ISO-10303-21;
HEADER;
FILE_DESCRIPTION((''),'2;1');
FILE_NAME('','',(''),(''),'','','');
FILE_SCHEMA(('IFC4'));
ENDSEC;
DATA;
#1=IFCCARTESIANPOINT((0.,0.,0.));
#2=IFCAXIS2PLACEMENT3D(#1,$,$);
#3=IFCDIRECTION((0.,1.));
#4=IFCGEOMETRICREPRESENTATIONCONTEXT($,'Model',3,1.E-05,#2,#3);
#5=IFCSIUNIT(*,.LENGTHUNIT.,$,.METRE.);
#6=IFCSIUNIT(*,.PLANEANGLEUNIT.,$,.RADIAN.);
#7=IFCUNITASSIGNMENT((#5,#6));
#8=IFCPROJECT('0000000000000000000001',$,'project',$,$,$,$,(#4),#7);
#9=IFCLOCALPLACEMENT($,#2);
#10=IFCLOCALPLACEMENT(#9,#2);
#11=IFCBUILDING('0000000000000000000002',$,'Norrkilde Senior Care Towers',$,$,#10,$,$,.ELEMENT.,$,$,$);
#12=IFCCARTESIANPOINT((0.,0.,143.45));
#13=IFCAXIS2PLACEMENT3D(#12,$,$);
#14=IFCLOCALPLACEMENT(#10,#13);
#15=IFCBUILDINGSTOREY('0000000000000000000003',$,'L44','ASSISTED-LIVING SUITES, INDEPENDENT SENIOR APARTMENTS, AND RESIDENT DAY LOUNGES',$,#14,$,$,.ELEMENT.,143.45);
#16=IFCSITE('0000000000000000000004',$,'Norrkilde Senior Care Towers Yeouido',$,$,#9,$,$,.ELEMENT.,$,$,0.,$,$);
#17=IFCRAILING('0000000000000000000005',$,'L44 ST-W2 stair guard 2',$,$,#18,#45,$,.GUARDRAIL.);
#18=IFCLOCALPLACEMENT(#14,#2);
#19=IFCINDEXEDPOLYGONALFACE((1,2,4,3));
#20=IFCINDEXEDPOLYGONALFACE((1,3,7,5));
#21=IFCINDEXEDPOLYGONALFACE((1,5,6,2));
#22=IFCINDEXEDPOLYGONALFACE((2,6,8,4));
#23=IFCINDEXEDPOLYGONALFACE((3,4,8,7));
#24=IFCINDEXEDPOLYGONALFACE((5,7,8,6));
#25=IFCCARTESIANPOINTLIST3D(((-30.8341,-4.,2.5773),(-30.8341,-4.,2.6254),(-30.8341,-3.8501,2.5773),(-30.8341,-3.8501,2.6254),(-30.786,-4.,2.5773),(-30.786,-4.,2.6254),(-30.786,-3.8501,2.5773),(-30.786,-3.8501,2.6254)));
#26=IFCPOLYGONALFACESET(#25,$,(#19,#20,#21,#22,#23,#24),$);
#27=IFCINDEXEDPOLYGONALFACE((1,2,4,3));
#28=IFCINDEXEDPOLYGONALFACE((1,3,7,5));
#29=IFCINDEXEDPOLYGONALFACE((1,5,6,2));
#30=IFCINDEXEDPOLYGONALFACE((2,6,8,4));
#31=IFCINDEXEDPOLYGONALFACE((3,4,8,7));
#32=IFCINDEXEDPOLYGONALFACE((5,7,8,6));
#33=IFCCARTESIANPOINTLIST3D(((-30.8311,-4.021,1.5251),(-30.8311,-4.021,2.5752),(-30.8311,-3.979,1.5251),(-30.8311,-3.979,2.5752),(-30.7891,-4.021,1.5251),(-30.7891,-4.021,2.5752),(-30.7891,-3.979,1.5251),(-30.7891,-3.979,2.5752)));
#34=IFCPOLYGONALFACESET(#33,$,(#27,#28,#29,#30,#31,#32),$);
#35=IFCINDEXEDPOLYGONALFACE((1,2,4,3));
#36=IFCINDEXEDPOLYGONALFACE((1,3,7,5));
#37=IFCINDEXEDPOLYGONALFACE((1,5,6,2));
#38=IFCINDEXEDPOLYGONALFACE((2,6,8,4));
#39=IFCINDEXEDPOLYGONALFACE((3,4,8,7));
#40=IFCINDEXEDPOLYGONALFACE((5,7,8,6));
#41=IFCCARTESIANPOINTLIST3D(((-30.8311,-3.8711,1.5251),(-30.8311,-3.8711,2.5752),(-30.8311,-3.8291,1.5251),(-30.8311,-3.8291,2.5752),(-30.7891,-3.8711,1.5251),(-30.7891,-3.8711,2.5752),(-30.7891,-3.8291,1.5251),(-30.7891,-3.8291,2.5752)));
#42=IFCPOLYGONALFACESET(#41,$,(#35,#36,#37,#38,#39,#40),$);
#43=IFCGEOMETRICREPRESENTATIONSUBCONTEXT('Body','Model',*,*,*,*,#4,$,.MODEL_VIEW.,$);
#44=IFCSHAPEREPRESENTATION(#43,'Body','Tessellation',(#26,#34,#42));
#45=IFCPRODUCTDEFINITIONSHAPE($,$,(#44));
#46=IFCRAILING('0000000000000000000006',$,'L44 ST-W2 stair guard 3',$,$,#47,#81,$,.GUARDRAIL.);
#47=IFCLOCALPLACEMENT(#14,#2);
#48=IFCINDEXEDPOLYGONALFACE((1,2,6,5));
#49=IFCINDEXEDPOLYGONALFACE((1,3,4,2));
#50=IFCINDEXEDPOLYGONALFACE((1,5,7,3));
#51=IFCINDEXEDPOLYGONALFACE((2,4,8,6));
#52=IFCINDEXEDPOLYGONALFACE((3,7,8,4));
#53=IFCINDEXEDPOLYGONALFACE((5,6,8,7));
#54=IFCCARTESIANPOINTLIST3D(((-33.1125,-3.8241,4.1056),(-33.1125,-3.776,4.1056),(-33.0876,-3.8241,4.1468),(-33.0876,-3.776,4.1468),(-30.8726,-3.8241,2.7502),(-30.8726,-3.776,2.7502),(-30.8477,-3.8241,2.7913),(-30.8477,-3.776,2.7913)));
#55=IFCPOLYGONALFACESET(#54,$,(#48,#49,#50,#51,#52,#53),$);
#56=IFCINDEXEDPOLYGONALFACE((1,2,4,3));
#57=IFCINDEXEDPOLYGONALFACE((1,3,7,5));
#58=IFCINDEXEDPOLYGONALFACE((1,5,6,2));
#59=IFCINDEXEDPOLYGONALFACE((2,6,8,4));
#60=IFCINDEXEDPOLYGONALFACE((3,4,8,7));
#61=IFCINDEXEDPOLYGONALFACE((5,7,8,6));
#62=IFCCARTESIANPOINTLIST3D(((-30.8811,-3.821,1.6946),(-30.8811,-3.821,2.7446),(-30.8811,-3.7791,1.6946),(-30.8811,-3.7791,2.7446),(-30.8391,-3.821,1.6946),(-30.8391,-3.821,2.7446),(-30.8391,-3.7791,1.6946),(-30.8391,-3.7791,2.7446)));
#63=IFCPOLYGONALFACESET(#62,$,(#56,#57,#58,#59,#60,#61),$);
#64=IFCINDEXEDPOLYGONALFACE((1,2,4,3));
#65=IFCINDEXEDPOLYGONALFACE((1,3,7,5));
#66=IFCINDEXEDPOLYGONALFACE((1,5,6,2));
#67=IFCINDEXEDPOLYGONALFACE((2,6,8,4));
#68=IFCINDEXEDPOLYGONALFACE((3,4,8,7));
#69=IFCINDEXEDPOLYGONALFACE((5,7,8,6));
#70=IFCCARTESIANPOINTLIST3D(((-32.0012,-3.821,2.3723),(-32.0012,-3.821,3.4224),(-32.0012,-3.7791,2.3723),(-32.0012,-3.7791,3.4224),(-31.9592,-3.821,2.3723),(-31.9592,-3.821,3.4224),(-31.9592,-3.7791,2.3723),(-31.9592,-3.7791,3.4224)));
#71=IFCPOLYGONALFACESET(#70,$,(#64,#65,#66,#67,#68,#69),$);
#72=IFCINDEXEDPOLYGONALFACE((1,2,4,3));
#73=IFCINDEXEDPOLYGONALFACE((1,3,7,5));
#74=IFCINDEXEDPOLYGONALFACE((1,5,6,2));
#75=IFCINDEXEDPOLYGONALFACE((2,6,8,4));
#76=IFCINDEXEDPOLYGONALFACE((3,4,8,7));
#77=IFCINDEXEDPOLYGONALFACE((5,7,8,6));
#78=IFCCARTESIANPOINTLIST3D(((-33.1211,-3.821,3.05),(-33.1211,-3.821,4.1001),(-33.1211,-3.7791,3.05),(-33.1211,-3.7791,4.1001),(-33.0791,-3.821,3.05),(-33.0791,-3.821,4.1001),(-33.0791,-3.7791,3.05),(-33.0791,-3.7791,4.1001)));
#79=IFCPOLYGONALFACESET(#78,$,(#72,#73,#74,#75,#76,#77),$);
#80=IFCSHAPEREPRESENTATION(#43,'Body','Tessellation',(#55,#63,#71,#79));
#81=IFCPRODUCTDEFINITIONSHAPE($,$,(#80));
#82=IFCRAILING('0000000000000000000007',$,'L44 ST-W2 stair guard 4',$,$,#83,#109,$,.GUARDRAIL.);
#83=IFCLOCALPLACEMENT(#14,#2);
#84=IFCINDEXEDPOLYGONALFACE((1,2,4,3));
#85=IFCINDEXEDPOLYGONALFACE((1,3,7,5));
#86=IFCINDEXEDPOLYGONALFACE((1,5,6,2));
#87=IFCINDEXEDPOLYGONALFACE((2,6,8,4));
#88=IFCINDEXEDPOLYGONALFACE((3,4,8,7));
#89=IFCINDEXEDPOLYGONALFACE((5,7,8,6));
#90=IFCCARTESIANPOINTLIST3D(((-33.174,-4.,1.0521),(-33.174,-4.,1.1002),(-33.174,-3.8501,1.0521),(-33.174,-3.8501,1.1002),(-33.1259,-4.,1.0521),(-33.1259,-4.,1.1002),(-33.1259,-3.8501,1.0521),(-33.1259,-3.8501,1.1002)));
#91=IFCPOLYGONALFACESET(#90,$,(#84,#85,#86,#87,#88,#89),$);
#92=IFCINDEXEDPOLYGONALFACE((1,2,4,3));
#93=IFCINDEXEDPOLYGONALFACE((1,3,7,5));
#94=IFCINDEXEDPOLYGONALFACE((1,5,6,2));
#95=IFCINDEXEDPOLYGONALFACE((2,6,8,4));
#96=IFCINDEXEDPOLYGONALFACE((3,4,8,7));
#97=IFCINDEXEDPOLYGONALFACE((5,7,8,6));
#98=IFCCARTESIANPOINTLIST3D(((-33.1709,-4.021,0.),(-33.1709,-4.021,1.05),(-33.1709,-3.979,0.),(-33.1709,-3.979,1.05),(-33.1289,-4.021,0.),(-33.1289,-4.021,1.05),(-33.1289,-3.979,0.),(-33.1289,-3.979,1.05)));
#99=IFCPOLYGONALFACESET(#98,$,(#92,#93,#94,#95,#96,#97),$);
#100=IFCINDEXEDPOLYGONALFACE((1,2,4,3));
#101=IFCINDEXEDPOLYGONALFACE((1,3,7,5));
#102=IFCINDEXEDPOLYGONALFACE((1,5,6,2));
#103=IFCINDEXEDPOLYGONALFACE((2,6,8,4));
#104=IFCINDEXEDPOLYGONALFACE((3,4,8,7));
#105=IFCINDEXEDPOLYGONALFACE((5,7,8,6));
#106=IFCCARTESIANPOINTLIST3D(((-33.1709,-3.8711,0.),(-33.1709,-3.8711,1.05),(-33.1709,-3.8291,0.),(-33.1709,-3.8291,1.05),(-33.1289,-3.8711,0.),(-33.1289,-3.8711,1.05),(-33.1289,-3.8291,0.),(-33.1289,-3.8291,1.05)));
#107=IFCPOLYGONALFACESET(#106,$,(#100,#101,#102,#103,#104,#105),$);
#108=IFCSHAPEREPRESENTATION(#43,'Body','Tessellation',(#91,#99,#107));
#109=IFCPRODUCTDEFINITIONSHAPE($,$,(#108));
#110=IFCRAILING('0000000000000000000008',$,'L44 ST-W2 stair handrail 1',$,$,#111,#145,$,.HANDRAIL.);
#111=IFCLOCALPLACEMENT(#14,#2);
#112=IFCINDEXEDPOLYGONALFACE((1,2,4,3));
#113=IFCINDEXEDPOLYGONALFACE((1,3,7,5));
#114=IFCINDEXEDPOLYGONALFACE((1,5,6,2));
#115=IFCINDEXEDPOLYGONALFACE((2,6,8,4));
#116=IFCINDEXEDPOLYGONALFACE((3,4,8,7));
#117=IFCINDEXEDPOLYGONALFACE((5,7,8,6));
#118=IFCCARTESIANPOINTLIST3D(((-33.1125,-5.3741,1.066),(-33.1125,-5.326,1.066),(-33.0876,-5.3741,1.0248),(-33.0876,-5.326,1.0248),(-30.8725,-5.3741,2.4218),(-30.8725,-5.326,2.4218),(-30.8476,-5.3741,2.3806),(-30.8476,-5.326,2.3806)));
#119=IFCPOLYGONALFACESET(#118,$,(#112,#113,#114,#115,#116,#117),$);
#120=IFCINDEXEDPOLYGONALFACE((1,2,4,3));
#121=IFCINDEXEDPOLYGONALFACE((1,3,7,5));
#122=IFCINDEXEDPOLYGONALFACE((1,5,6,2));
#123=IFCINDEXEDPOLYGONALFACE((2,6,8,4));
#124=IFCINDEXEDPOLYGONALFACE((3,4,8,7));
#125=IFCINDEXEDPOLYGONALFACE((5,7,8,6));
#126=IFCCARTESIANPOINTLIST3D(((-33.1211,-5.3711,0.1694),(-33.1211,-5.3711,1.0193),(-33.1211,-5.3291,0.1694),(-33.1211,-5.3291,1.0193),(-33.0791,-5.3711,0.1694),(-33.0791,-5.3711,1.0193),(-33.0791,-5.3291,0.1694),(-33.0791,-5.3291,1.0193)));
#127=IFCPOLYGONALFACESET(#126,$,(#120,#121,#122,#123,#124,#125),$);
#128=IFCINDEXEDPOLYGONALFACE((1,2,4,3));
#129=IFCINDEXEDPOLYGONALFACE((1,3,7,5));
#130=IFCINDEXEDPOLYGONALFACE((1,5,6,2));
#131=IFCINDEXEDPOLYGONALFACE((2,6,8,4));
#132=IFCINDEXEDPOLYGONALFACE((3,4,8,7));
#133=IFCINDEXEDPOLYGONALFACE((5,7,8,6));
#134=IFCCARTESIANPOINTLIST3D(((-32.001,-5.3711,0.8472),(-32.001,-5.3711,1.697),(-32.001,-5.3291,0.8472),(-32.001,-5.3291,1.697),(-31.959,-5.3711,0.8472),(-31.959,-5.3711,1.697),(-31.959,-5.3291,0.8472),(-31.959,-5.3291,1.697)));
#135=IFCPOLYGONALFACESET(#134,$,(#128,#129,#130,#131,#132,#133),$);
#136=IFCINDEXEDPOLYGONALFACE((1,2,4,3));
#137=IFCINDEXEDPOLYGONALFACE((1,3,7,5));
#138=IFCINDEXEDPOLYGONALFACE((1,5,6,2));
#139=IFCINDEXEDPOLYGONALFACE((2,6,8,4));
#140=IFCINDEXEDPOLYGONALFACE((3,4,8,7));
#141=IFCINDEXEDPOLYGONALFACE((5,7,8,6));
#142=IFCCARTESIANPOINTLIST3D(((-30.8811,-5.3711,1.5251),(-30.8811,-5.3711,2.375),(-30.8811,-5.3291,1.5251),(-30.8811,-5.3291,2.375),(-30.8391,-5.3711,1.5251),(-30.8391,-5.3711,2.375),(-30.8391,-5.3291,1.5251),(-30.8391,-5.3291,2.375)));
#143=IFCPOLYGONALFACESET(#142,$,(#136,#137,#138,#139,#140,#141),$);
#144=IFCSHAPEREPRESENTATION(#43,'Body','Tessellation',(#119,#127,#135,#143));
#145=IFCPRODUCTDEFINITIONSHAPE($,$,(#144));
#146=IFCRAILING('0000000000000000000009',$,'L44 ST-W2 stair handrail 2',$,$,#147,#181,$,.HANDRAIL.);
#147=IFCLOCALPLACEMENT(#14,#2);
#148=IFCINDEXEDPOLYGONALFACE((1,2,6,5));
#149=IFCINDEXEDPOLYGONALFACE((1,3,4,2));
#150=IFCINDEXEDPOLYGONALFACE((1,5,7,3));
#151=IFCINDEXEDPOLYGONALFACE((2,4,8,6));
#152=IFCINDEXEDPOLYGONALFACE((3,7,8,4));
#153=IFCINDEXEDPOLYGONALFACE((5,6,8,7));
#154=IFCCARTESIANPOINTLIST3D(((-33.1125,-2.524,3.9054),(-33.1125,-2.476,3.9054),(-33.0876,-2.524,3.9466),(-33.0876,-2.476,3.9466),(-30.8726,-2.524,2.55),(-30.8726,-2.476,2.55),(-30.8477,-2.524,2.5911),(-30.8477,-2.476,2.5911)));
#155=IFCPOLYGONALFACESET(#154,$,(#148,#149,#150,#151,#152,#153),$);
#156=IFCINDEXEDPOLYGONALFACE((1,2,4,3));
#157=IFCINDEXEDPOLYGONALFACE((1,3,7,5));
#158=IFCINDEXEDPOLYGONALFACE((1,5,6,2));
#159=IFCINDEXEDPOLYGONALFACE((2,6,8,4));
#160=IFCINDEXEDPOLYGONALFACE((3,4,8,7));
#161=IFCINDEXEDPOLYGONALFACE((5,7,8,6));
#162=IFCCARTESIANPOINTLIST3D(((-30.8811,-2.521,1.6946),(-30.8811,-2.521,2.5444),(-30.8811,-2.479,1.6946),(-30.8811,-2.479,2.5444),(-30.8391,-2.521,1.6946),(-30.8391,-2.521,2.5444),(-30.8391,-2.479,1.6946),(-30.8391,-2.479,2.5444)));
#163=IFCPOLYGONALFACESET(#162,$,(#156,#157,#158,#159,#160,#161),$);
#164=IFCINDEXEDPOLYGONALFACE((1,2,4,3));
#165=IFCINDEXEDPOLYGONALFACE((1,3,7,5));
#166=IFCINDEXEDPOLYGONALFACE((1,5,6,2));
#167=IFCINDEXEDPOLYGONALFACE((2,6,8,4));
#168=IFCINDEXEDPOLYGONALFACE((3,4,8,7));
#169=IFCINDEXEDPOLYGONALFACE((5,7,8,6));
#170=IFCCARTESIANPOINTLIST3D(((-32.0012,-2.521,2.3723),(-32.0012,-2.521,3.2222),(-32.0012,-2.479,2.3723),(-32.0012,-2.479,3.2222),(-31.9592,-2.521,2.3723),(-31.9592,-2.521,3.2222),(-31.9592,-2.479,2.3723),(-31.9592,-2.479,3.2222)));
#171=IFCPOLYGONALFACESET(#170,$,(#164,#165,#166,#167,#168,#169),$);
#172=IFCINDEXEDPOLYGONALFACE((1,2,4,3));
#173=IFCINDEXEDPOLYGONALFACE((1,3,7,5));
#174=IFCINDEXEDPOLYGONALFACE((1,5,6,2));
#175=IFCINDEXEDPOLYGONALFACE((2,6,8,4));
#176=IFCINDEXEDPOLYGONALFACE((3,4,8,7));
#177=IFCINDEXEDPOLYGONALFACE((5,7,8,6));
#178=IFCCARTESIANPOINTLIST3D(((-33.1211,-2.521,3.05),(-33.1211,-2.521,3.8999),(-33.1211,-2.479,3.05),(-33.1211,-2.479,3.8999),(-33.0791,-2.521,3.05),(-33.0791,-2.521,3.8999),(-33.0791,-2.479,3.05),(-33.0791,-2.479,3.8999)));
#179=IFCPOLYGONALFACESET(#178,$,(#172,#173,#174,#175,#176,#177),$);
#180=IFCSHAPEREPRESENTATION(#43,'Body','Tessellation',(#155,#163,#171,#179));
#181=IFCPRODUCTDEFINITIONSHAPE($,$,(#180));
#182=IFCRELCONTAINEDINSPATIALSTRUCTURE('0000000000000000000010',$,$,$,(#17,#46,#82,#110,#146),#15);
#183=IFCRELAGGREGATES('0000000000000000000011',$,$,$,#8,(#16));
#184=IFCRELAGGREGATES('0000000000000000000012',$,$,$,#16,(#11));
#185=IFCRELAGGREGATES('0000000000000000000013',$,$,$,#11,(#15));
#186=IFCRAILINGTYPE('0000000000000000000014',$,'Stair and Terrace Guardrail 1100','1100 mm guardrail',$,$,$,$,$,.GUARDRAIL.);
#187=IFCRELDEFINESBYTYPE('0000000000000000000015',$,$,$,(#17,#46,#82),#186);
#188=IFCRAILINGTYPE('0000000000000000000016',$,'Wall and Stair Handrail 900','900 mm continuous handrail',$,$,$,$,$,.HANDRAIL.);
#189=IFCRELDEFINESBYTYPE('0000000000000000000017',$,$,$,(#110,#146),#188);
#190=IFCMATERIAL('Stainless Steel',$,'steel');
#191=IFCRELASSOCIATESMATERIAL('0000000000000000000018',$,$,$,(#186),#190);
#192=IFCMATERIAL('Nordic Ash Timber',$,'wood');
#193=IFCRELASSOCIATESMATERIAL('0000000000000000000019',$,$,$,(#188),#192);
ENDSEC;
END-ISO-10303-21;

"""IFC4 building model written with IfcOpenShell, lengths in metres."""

from ifc_helpers import new_model, si_unit, direction, frame, origin, origin_2d, place, context, subcontext, project, spatial, rectangle, extrude, material, type_object, element, save


model = new_model("IFC4")

# Units and contexts
model_context = context("Model", 3, precision=1e-05, world=origin(), true_north=direction((0.0, 1.0)))
body_context = subcontext(model_context, "Body", "Model", "MODEL_VIEW")
ifc_project = project(units=[si_unit("LENGTHUNIT", "METRE"), si_unit("PLANEANGLEUNIT", "RADIAN")], contexts=[model_context])

# Site, building, storey
site_placement = place(None, origin())
site = spatial("IfcSite", under=ifc_project, at=site_placement, Name="Norrkilde Senior Care Towers Yeouido", CompositionType="ELEMENT", RefElevation=0.0)
building_placement = place(site_placement, origin())
building = spatial("IfcBuilding", under=site, at=building_placement, Name="Norrkilde Senior Care Towers", CompositionType="ELEMENT")
storey_placement = place(building_placement, frame((0.0, 0.0, 143.45)))
storey = spatial("IfcBuildingStorey", under=building, at=storey_placement, Name="L44", Description="ASSISTED-LIVING SUITES, INDEPENDENT SENIOR APARTMENTS, AND RESIDENT DAY LOUNGES", CompositionType="ELEMENT", Elevation=143.45)

# Railings
ifc_material_1 = material(Name="Stainless Steel", Category="steel")
railing_type_1 = type_object("IfcRailingType", Name="Stair and Terrace Guardrail 1100", Description="1100 mm guardrail", PredefinedType="GUARDRAIL", material=ifc_material_1)
railing_1_placement = place(storey_placement, frame((-30.8101, -4.0, 1.5251)))
element("IfcRailing", 1, at=railing_1_placement, inside=storey, type_object=railing_type_1, Name="L44 ST-W2 stair guard 2", PredefinedType="GUARDRAIL", context=body_context, shape_type="SweptSolid", body=[
    extrude(rectangle(XDim=0.0481, YDim=0.0481, at=origin_2d()), frame((0.0, 0.0, 1.0762), z_axis=(0.0, 1.0, 0.0), x_axis=(-1.0, 0.0, 0.0)), (0.0, 0.0, 1.0), 0.1499),
    extrude(rectangle(XDim=0.042, YDim=0.042, at=origin_2d()), origin(), (0.0, 0.0, 1.0), 1.05),
    extrude(rectangle(XDim=0.042, YDim=0.042, at=origin_2d()), frame((0.0, 0.1499, 0.0)), (0.0, 0.0, 1.0), 1.05),
])
railing_2_placement = place(storey_placement, frame((-30.8601, -3.8, 1.6946)))
element("IfcRailing", 2, at=railing_2_placement, inside=storey, type_object=railing_type_1, Name="L44 ST-W2 stair guard 3", PredefinedType="GUARDRAIL", context=body_context, shape_type="SweptSolid", body=[
    extrude(rectangle(XDim=0.0481, YDim=0.0481, at=origin_2d()), frame((0.0, 0.0, 1.0762), z_axis=(-0.855553, 0.0, 0.517715), x_axis=(0.0, -1.0, 0.0)), (0.0, 0.0, 1.0), 2.6182),
    extrude(rectangle(XDim=0.042, YDim=0.042, at=origin_2d()), origin(), (0.0, 0.0, 1.0), 1.05),
    extrude(rectangle(XDim=0.042, YDim=0.042, at=origin_2d()), frame((-1.1201, 0.0, 0.6777)), (0.0, 0.0, 1.0), 1.05),
    extrude(rectangle(XDim=0.042, YDim=0.042, at=origin_2d()), frame((-2.24, 0.0, 1.3555)), (0.0, 0.0, 1.0), 1.05),
])
railing_3_placement = place(storey_placement, frame((-33.1499, -4.0, 0.0)))
element("IfcRailing", 3, at=railing_3_placement, inside=storey, type_object=railing_type_1, Name="L44 ST-W2 stair guard 4", PredefinedType="GUARDRAIL", context=body_context, shape_type="SweptSolid", body=[
    extrude(rectangle(XDim=0.0481, YDim=0.0481, at=origin_2d()), frame((0.0, 0.0, 1.0762), z_axis=(0.0, 1.0, 0.0), x_axis=(-1.0, 0.0, 0.0)), (0.0, 0.0, 1.0), 0.1499),
    extrude(rectangle(XDim=0.042, YDim=0.042, at=origin_2d()), origin(), (0.0, 0.0, 1.0), 1.05),
    extrude(rectangle(XDim=0.042, YDim=0.042, at=origin_2d()), frame((0.0, 0.1499, 0.0)), (0.0, 0.0, 1.0), 1.05),
])
ifc_material_2 = material(Name="Nordic Ash Timber", Category="wood")
railing_type_2 = type_object("IfcRailingType", Name="Wall and Stair Handrail 900", Description="900 mm continuous handrail", PredefinedType="HANDRAIL", material=ifc_material_2)
railing_4_placement = place(storey_placement, frame((-33.1001, -5.3501, 0.1694)))
element("IfcRailing", 4, at=railing_4_placement, inside=storey, type_object=railing_type_2, Name="L44 ST-W2 stair handrail 1", PredefinedType="HANDRAIL", context=body_context, shape_type="SweptSolid", body=[
    extrude(rectangle(XDim=0.0481, YDim=0.0481, at=origin_2d()), frame((0.0, 0.0, 0.876), z_axis=(0.855512, 0.0, 0.517783), x_axis=(0.0, 1.0, 0.0)), (0.0, 0.0, 1.0), 2.6184),
    extrude(rectangle(XDim=0.042, YDim=0.042, at=origin_2d()), origin(), (0.0, 0.0, 1.0), 0.8499),
    extrude(rectangle(XDim=0.042, YDim=0.042, at=origin_2d()), frame((1.1201, 0.0, 0.6777)), (0.0, 0.0, 1.0), 0.8499),
    extrude(rectangle(XDim=0.042, YDim=0.042, at=origin_2d()), frame((2.24, 0.0, 1.3557)), (0.0, 0.0, 1.0), 0.8499),
])
railing_5_placement = place(storey_placement, frame((-30.8601, -2.5, 1.6946)))
element("IfcRailing", 5, at=railing_5_placement, inside=storey, type_object=railing_type_2, Name="L44 ST-W2 stair handrail 2", PredefinedType="HANDRAIL", context=body_context, shape_type="SweptSolid", body=[
    extrude(rectangle(XDim=0.0481, YDim=0.0481, at=origin_2d()), frame((0.0, 0.0, 0.876), z_axis=(-0.855553, 0.0, 0.517715), x_axis=(0.0, -1.0, 0.0)), (0.0, 0.0, 1.0), 2.6182),
    extrude(rectangle(XDim=0.042, YDim=0.042, at=origin_2d()), origin(), (0.0, 0.0, 1.0), 0.8499),
    extrude(rectangle(XDim=0.042, YDim=0.042, at=origin_2d()), frame((-1.1201, 0.0, 0.6777)), (0.0, 0.0, 1.0), 0.8499),
    extrude(rectangle(XDim=0.042, YDim=0.042, at=origin_2d()), frame((-2.24, 0.0, 1.3555)), (0.0, 0.0, 1.0), 0.8499),
])

save(model, "model.ifc")
